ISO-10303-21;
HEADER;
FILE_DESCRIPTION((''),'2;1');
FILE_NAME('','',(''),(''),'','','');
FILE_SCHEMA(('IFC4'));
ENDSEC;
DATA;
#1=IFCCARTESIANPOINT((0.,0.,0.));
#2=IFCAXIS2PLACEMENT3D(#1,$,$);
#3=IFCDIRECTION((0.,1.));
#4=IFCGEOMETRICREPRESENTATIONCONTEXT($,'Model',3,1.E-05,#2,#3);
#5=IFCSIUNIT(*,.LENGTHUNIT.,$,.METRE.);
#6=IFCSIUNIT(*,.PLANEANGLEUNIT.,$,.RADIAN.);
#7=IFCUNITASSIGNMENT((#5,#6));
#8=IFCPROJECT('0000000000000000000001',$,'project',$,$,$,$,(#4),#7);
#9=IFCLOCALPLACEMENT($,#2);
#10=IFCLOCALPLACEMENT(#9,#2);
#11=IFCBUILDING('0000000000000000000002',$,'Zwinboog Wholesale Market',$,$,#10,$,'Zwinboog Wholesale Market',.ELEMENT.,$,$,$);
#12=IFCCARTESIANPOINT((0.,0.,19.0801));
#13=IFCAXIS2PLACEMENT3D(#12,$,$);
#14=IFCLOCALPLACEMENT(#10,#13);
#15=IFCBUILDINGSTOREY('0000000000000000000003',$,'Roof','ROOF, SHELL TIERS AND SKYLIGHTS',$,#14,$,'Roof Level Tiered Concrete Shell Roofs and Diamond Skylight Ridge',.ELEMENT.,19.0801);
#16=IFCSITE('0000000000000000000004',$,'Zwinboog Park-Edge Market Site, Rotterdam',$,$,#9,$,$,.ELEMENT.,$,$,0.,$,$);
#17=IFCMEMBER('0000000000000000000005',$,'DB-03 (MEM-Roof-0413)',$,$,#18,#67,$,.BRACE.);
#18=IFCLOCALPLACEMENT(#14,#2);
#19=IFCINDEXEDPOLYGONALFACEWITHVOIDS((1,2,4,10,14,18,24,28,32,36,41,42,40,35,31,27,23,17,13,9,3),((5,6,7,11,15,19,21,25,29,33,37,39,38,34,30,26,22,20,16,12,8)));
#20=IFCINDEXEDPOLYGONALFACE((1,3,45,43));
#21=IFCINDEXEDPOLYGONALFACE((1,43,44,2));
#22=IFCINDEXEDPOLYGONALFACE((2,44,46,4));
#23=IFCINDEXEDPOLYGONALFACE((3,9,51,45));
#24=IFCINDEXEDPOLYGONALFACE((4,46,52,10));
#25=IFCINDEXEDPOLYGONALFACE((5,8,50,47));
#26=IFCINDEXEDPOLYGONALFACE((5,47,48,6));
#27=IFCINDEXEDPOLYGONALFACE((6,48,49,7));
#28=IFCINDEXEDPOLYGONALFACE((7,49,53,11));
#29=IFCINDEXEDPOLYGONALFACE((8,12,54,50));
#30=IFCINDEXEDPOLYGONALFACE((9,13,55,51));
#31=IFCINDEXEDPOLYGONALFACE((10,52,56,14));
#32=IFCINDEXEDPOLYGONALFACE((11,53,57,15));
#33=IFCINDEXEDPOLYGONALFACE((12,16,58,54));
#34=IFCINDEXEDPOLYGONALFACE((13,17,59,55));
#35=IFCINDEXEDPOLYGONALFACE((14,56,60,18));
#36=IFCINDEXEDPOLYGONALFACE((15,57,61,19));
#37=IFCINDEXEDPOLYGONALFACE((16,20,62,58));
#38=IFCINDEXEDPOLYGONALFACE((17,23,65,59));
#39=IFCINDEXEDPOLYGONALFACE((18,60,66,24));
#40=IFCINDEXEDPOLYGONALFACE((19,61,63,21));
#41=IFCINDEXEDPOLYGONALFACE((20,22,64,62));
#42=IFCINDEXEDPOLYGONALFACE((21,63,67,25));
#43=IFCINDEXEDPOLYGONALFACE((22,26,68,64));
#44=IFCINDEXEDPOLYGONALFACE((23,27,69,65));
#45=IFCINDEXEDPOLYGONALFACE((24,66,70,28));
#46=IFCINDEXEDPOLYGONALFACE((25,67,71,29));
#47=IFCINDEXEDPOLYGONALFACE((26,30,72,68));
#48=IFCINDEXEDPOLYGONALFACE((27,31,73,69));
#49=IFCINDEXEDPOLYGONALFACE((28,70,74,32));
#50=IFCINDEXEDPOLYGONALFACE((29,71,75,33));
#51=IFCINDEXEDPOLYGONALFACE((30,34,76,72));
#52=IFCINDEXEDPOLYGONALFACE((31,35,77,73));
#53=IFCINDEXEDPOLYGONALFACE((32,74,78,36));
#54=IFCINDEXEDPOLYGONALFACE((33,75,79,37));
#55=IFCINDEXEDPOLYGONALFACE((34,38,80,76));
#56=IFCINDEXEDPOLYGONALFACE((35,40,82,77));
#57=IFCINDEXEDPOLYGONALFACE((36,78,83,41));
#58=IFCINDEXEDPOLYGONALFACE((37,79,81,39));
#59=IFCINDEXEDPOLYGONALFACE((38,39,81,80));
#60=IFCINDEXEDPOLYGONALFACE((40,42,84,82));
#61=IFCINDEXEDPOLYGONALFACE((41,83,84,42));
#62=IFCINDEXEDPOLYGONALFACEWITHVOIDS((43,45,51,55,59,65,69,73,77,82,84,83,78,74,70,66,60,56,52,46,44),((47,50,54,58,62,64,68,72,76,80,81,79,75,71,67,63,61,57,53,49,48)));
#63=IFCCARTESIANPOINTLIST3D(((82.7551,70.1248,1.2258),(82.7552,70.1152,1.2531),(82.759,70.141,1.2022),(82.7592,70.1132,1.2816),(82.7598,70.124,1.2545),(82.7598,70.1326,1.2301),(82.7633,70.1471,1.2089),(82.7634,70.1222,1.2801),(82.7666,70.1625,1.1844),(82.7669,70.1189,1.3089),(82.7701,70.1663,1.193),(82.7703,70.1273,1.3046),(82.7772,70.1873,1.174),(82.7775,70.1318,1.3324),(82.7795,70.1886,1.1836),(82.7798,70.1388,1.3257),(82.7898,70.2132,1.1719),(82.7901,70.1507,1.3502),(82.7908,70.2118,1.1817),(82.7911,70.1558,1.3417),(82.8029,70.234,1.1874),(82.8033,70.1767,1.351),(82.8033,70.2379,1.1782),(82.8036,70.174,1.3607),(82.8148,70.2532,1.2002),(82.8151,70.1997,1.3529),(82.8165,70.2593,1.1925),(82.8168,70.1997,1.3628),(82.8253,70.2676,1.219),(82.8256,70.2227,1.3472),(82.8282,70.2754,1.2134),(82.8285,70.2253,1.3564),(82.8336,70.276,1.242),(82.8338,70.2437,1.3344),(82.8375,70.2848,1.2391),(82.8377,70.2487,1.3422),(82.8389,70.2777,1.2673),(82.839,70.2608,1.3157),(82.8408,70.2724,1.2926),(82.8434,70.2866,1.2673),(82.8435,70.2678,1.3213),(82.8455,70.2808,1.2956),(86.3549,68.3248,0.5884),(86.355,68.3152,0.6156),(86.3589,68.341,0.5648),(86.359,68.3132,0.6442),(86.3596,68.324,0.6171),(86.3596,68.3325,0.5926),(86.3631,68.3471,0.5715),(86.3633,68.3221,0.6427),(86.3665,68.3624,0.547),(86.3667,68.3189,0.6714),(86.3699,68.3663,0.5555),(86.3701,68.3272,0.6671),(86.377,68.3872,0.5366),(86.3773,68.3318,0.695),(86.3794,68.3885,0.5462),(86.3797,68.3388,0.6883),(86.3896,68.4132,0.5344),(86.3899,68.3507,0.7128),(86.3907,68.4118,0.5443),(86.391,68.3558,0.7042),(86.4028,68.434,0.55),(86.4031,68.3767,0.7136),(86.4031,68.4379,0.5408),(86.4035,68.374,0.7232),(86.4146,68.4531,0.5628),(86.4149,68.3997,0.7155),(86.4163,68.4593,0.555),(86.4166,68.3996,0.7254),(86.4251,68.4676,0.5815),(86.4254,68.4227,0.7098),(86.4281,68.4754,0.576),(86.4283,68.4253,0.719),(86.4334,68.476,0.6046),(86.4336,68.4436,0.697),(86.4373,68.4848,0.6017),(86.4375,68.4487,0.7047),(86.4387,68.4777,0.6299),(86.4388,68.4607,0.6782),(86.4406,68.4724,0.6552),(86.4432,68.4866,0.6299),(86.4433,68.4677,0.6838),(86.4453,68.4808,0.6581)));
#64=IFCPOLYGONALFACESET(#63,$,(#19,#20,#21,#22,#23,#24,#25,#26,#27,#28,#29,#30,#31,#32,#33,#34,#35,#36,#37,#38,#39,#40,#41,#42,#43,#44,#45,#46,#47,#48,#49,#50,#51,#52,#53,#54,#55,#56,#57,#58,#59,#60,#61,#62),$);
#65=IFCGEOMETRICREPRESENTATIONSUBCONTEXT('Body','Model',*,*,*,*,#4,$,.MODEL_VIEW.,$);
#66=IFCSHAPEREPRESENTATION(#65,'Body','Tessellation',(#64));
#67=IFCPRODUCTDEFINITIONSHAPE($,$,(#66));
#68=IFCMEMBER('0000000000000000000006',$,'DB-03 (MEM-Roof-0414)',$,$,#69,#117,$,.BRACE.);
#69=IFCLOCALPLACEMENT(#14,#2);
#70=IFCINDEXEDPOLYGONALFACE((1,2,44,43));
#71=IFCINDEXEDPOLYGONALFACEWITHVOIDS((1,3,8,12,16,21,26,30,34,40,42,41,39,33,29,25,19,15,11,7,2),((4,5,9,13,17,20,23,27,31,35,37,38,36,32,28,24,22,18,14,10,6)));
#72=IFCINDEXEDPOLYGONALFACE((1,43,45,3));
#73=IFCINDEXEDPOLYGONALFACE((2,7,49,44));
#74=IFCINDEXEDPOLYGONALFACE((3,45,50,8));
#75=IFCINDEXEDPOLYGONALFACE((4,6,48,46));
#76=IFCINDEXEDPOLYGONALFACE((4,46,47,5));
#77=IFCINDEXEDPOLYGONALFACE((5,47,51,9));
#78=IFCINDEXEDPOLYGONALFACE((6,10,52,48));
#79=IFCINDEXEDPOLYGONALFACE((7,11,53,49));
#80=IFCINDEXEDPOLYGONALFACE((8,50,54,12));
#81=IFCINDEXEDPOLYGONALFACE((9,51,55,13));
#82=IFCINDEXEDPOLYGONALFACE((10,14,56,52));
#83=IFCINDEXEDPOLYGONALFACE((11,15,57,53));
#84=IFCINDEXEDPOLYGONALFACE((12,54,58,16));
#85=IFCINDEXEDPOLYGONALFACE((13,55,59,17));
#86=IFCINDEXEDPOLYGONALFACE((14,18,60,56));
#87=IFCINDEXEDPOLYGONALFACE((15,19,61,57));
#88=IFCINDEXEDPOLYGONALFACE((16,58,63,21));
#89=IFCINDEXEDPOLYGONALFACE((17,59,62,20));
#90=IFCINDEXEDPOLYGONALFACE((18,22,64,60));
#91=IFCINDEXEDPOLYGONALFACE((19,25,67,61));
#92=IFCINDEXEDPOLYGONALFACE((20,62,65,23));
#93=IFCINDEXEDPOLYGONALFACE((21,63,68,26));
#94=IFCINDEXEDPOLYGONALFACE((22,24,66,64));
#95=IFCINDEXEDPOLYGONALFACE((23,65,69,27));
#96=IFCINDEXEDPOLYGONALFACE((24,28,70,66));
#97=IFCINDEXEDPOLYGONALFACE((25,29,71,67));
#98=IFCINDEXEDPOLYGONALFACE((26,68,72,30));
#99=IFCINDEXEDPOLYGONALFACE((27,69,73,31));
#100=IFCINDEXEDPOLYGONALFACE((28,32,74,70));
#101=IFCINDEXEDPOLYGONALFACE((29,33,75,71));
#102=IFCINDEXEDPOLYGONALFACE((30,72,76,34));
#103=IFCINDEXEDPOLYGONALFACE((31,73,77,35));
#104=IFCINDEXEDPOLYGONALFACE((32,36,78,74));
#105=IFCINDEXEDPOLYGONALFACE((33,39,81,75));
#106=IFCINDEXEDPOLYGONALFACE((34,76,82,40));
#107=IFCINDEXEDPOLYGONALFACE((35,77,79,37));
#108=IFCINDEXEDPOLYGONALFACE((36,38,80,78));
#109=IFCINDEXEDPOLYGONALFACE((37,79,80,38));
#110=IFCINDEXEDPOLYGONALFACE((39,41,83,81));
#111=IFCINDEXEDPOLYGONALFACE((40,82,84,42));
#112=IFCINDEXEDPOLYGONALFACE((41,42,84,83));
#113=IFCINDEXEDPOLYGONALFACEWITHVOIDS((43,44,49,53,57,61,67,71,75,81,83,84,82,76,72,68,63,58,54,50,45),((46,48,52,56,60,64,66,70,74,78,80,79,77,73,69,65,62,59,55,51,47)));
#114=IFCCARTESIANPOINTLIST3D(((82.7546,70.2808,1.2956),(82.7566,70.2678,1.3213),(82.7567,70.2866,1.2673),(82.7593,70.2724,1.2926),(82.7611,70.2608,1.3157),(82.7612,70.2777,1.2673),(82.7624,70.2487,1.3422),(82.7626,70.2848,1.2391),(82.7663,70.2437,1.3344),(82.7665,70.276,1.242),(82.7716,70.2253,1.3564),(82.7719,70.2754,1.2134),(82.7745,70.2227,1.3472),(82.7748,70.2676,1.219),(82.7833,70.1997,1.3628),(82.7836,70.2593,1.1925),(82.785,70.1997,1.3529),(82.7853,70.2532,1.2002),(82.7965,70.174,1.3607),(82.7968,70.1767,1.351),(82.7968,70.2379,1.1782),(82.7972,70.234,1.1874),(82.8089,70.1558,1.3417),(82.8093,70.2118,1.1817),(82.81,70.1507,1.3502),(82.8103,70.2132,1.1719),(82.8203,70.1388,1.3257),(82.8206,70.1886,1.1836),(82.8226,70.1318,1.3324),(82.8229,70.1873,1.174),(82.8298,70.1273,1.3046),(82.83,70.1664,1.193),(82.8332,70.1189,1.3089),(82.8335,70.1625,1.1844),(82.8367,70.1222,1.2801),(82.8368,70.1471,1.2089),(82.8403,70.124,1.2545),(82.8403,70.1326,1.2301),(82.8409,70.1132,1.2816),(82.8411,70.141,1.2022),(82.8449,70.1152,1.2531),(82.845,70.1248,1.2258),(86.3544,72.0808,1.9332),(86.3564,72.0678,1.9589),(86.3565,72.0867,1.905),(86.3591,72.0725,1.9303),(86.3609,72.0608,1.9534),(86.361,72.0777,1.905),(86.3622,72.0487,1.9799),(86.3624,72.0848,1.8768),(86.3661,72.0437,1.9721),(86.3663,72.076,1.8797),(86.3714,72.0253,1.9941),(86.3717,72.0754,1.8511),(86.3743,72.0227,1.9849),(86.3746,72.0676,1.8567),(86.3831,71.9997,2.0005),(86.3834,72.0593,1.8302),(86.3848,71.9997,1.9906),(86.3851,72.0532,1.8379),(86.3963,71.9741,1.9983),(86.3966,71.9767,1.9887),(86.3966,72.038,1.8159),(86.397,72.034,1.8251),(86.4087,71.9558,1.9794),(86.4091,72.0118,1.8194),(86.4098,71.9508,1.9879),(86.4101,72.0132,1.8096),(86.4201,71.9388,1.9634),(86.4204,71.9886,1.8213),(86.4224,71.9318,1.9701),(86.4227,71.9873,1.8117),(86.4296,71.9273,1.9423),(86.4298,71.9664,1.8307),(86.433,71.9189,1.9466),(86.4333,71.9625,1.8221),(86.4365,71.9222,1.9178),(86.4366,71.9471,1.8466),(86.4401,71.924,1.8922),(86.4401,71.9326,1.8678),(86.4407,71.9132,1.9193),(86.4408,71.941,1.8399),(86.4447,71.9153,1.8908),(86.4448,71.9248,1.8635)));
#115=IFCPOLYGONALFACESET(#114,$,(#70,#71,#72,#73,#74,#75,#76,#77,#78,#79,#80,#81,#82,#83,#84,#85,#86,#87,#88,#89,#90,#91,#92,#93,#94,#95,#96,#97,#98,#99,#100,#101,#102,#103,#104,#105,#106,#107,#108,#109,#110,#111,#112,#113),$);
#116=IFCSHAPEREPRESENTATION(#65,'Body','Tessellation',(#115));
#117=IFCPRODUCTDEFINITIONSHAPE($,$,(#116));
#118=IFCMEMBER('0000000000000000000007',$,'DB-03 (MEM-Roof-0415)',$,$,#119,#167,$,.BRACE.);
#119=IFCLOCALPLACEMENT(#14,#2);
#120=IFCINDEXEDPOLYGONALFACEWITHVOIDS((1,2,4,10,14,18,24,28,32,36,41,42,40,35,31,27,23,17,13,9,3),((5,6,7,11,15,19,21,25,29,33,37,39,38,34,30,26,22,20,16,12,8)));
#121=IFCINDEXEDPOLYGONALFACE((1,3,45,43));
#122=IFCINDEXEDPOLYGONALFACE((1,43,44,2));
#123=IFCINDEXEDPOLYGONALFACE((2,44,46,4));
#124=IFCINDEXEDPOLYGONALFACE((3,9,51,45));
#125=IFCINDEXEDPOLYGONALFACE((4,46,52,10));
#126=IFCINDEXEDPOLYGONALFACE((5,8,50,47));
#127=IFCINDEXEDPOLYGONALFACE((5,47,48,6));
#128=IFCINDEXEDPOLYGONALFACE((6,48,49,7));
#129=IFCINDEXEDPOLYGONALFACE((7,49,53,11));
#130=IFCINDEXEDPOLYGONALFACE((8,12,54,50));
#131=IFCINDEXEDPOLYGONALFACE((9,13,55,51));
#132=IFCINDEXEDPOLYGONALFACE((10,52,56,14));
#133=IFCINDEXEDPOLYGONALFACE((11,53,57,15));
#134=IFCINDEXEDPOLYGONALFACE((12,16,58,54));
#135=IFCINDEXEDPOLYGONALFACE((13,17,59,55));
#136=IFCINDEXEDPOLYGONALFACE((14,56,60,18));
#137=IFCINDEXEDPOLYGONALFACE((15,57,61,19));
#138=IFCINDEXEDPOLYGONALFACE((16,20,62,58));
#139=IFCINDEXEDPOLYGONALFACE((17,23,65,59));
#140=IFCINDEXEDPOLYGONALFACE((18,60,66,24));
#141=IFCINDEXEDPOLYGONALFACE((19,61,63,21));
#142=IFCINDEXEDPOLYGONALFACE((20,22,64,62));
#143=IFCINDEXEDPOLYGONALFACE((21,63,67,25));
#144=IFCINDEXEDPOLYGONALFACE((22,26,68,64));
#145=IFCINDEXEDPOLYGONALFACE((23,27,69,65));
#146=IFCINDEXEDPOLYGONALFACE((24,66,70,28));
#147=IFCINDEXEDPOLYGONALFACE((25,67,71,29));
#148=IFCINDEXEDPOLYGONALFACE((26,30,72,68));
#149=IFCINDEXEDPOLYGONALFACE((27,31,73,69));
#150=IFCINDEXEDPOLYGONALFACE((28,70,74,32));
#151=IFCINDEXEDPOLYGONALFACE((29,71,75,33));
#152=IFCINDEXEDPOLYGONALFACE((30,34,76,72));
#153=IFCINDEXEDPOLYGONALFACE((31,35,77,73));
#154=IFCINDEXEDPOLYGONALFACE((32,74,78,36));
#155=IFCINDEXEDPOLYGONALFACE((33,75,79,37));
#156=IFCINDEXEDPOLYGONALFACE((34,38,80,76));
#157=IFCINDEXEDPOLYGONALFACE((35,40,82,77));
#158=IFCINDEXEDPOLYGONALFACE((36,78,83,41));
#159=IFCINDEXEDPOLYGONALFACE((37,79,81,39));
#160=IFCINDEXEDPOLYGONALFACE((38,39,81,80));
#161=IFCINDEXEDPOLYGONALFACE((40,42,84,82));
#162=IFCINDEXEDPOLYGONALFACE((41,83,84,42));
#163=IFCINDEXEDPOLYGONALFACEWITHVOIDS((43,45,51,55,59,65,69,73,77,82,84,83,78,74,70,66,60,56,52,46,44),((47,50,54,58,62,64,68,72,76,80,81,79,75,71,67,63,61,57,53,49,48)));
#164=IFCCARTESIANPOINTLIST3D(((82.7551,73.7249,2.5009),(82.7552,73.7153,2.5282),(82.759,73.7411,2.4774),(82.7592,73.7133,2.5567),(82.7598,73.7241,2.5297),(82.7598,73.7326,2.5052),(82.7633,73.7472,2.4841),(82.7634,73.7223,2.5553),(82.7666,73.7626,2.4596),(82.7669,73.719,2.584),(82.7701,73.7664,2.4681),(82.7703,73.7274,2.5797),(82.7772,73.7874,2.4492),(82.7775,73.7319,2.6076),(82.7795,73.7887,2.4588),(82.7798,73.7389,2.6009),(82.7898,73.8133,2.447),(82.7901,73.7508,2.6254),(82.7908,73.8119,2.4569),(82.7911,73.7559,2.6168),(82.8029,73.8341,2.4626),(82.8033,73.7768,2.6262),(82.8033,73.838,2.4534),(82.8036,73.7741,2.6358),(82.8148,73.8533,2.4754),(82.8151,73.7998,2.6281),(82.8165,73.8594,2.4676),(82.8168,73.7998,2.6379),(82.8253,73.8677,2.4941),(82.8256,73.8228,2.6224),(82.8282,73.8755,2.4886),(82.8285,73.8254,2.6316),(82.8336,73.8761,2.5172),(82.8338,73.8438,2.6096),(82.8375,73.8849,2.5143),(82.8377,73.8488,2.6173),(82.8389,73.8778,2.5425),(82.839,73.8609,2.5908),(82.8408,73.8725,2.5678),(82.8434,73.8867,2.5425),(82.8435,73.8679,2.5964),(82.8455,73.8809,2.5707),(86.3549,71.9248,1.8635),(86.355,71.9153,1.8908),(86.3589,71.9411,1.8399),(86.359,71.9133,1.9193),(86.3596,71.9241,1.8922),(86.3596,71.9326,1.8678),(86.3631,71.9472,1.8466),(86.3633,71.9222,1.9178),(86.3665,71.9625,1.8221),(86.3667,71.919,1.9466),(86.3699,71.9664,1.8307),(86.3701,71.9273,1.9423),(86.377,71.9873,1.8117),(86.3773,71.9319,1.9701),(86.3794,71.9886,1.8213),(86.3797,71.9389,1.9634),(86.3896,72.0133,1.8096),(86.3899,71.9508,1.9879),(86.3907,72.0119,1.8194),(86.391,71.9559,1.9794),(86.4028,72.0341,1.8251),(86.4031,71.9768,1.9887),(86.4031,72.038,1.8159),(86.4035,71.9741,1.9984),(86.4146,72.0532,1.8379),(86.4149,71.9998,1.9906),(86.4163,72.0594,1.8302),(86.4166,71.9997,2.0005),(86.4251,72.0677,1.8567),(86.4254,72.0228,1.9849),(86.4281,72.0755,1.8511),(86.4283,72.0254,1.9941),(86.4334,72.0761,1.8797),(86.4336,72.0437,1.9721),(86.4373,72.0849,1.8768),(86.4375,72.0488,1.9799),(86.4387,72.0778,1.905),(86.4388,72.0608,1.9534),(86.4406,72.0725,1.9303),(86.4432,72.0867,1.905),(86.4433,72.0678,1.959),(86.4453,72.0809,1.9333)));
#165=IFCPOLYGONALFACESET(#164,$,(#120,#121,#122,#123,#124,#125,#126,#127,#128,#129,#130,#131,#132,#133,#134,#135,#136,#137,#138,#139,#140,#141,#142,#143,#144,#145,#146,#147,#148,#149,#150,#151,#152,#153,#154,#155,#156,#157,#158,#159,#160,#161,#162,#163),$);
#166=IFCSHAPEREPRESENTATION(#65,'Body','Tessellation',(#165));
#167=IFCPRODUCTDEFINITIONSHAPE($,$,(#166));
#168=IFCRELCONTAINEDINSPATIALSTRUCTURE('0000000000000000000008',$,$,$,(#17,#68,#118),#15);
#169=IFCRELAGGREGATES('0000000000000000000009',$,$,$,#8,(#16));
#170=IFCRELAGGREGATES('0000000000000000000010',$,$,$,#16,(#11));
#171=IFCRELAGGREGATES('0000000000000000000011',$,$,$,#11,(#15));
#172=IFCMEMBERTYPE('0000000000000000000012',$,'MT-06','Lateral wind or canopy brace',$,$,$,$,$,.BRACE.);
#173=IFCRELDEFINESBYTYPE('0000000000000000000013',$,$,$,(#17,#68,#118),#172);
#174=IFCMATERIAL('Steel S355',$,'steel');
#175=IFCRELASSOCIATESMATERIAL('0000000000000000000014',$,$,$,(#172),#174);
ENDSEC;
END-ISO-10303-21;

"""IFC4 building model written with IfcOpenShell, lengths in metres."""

from ifc_helpers import new_model, si_unit, direction, frame, origin, origin_2d, place, context, subcontext, project, spatial, hollow_circle, extrude, material, material_profile, profile_set, type_object, element, save


model = new_model("IFC4")

# Units and contexts
model_context = context("Model", 3, precision=1e-05, world=origin(), true_north=direction((0.0, 1.0)))
body_context = subcontext(model_context, "Body", "Model", "MODEL_VIEW")
ifc_project = project(units=[si_unit("LENGTHUNIT", "METRE"), si_unit("PLANEANGLEUNIT", "RADIAN")], contexts=[model_context])

# Site, building, storey
site_placement = place(None, origin())
site = spatial("IfcSite", under=ifc_project, at=site_placement, Name="Zwinboog Park-Edge Market Site, Rotterdam", CompositionType="ELEMENT", RefElevation=0.0)
building_placement = place(site_placement, origin())
building = spatial("IfcBuilding", under=site, at=building_placement, Name="Zwinboog Wholesale Market", LongName="Zwinboog Wholesale Market", CompositionType="ELEMENT")
storey_placement = place(building_placement, frame((0.0, 0.0, 19.0801)))
storey = spatial("IfcBuildingStorey", under=building, at=storey_placement, Name="Roof", Description="ROOF, SHELL TIERS AND SKYLIGHTS", LongName="Roof Level Tiered Concrete Shell Roofs and Diamond Skylight Ridge", CompositionType="ELEMENT", Elevation=19.0801)

# Members
ifc_material_1 = material(Name="Steel S355", Category="steel")
ifc_material_profile_1 = material_profile(ifc_material_1, hollow_circle(Radius=0.0969, WallThickness=0.01, at=origin_2d()), Name="CHS 193.7x10")
ifc_profile_set_1 = profile_set([ifc_material_profile_1], Name="Steel S355")
member_type_1 = type_object("IfcMemberType", Name="MT-06", Description="Lateral wind or canopy brace", PredefinedType="BRACE", material=ifc_profile_set_1)
for number, where, z_axis, x_axis, name in (
    (1, (82.8, 70.2, 1.2673), (0.883404, -0.441732, -0.15643), (0.447238, 0.894415, 0.0), "DB-03 (MEM-Roof-0413)"),
    (2, (82.8, 70.2, 1.2673), (0.883396, 0.441728, 0.156489), (-0.447238, 0.894415, 0.0), "DB-03 (MEM-Roof-0414)"),
    (3, (82.8, 73.8, 2.5425), (0.883404, -0.441732, -0.15643), (0.447238, 0.894415, 0.0), "DB-03 (MEM-Roof-0415)"),
):
    element("IfcMember", number, at=place(storey_placement, frame(where, z_axis=z_axis, x_axis=x_axis)), inside=storey, type_object=member_type_1, Name=name, PredefinedType="BRACE", context=body_context, shape_type="SweptSolid", body=[
        extrude(hollow_circle(Radius=0.0969, WallThickness=0.01, at=origin_2d()), origin(), (0.0, 0.0, 1.0), 4.075),
    ])

save(model, "model.ifc")
